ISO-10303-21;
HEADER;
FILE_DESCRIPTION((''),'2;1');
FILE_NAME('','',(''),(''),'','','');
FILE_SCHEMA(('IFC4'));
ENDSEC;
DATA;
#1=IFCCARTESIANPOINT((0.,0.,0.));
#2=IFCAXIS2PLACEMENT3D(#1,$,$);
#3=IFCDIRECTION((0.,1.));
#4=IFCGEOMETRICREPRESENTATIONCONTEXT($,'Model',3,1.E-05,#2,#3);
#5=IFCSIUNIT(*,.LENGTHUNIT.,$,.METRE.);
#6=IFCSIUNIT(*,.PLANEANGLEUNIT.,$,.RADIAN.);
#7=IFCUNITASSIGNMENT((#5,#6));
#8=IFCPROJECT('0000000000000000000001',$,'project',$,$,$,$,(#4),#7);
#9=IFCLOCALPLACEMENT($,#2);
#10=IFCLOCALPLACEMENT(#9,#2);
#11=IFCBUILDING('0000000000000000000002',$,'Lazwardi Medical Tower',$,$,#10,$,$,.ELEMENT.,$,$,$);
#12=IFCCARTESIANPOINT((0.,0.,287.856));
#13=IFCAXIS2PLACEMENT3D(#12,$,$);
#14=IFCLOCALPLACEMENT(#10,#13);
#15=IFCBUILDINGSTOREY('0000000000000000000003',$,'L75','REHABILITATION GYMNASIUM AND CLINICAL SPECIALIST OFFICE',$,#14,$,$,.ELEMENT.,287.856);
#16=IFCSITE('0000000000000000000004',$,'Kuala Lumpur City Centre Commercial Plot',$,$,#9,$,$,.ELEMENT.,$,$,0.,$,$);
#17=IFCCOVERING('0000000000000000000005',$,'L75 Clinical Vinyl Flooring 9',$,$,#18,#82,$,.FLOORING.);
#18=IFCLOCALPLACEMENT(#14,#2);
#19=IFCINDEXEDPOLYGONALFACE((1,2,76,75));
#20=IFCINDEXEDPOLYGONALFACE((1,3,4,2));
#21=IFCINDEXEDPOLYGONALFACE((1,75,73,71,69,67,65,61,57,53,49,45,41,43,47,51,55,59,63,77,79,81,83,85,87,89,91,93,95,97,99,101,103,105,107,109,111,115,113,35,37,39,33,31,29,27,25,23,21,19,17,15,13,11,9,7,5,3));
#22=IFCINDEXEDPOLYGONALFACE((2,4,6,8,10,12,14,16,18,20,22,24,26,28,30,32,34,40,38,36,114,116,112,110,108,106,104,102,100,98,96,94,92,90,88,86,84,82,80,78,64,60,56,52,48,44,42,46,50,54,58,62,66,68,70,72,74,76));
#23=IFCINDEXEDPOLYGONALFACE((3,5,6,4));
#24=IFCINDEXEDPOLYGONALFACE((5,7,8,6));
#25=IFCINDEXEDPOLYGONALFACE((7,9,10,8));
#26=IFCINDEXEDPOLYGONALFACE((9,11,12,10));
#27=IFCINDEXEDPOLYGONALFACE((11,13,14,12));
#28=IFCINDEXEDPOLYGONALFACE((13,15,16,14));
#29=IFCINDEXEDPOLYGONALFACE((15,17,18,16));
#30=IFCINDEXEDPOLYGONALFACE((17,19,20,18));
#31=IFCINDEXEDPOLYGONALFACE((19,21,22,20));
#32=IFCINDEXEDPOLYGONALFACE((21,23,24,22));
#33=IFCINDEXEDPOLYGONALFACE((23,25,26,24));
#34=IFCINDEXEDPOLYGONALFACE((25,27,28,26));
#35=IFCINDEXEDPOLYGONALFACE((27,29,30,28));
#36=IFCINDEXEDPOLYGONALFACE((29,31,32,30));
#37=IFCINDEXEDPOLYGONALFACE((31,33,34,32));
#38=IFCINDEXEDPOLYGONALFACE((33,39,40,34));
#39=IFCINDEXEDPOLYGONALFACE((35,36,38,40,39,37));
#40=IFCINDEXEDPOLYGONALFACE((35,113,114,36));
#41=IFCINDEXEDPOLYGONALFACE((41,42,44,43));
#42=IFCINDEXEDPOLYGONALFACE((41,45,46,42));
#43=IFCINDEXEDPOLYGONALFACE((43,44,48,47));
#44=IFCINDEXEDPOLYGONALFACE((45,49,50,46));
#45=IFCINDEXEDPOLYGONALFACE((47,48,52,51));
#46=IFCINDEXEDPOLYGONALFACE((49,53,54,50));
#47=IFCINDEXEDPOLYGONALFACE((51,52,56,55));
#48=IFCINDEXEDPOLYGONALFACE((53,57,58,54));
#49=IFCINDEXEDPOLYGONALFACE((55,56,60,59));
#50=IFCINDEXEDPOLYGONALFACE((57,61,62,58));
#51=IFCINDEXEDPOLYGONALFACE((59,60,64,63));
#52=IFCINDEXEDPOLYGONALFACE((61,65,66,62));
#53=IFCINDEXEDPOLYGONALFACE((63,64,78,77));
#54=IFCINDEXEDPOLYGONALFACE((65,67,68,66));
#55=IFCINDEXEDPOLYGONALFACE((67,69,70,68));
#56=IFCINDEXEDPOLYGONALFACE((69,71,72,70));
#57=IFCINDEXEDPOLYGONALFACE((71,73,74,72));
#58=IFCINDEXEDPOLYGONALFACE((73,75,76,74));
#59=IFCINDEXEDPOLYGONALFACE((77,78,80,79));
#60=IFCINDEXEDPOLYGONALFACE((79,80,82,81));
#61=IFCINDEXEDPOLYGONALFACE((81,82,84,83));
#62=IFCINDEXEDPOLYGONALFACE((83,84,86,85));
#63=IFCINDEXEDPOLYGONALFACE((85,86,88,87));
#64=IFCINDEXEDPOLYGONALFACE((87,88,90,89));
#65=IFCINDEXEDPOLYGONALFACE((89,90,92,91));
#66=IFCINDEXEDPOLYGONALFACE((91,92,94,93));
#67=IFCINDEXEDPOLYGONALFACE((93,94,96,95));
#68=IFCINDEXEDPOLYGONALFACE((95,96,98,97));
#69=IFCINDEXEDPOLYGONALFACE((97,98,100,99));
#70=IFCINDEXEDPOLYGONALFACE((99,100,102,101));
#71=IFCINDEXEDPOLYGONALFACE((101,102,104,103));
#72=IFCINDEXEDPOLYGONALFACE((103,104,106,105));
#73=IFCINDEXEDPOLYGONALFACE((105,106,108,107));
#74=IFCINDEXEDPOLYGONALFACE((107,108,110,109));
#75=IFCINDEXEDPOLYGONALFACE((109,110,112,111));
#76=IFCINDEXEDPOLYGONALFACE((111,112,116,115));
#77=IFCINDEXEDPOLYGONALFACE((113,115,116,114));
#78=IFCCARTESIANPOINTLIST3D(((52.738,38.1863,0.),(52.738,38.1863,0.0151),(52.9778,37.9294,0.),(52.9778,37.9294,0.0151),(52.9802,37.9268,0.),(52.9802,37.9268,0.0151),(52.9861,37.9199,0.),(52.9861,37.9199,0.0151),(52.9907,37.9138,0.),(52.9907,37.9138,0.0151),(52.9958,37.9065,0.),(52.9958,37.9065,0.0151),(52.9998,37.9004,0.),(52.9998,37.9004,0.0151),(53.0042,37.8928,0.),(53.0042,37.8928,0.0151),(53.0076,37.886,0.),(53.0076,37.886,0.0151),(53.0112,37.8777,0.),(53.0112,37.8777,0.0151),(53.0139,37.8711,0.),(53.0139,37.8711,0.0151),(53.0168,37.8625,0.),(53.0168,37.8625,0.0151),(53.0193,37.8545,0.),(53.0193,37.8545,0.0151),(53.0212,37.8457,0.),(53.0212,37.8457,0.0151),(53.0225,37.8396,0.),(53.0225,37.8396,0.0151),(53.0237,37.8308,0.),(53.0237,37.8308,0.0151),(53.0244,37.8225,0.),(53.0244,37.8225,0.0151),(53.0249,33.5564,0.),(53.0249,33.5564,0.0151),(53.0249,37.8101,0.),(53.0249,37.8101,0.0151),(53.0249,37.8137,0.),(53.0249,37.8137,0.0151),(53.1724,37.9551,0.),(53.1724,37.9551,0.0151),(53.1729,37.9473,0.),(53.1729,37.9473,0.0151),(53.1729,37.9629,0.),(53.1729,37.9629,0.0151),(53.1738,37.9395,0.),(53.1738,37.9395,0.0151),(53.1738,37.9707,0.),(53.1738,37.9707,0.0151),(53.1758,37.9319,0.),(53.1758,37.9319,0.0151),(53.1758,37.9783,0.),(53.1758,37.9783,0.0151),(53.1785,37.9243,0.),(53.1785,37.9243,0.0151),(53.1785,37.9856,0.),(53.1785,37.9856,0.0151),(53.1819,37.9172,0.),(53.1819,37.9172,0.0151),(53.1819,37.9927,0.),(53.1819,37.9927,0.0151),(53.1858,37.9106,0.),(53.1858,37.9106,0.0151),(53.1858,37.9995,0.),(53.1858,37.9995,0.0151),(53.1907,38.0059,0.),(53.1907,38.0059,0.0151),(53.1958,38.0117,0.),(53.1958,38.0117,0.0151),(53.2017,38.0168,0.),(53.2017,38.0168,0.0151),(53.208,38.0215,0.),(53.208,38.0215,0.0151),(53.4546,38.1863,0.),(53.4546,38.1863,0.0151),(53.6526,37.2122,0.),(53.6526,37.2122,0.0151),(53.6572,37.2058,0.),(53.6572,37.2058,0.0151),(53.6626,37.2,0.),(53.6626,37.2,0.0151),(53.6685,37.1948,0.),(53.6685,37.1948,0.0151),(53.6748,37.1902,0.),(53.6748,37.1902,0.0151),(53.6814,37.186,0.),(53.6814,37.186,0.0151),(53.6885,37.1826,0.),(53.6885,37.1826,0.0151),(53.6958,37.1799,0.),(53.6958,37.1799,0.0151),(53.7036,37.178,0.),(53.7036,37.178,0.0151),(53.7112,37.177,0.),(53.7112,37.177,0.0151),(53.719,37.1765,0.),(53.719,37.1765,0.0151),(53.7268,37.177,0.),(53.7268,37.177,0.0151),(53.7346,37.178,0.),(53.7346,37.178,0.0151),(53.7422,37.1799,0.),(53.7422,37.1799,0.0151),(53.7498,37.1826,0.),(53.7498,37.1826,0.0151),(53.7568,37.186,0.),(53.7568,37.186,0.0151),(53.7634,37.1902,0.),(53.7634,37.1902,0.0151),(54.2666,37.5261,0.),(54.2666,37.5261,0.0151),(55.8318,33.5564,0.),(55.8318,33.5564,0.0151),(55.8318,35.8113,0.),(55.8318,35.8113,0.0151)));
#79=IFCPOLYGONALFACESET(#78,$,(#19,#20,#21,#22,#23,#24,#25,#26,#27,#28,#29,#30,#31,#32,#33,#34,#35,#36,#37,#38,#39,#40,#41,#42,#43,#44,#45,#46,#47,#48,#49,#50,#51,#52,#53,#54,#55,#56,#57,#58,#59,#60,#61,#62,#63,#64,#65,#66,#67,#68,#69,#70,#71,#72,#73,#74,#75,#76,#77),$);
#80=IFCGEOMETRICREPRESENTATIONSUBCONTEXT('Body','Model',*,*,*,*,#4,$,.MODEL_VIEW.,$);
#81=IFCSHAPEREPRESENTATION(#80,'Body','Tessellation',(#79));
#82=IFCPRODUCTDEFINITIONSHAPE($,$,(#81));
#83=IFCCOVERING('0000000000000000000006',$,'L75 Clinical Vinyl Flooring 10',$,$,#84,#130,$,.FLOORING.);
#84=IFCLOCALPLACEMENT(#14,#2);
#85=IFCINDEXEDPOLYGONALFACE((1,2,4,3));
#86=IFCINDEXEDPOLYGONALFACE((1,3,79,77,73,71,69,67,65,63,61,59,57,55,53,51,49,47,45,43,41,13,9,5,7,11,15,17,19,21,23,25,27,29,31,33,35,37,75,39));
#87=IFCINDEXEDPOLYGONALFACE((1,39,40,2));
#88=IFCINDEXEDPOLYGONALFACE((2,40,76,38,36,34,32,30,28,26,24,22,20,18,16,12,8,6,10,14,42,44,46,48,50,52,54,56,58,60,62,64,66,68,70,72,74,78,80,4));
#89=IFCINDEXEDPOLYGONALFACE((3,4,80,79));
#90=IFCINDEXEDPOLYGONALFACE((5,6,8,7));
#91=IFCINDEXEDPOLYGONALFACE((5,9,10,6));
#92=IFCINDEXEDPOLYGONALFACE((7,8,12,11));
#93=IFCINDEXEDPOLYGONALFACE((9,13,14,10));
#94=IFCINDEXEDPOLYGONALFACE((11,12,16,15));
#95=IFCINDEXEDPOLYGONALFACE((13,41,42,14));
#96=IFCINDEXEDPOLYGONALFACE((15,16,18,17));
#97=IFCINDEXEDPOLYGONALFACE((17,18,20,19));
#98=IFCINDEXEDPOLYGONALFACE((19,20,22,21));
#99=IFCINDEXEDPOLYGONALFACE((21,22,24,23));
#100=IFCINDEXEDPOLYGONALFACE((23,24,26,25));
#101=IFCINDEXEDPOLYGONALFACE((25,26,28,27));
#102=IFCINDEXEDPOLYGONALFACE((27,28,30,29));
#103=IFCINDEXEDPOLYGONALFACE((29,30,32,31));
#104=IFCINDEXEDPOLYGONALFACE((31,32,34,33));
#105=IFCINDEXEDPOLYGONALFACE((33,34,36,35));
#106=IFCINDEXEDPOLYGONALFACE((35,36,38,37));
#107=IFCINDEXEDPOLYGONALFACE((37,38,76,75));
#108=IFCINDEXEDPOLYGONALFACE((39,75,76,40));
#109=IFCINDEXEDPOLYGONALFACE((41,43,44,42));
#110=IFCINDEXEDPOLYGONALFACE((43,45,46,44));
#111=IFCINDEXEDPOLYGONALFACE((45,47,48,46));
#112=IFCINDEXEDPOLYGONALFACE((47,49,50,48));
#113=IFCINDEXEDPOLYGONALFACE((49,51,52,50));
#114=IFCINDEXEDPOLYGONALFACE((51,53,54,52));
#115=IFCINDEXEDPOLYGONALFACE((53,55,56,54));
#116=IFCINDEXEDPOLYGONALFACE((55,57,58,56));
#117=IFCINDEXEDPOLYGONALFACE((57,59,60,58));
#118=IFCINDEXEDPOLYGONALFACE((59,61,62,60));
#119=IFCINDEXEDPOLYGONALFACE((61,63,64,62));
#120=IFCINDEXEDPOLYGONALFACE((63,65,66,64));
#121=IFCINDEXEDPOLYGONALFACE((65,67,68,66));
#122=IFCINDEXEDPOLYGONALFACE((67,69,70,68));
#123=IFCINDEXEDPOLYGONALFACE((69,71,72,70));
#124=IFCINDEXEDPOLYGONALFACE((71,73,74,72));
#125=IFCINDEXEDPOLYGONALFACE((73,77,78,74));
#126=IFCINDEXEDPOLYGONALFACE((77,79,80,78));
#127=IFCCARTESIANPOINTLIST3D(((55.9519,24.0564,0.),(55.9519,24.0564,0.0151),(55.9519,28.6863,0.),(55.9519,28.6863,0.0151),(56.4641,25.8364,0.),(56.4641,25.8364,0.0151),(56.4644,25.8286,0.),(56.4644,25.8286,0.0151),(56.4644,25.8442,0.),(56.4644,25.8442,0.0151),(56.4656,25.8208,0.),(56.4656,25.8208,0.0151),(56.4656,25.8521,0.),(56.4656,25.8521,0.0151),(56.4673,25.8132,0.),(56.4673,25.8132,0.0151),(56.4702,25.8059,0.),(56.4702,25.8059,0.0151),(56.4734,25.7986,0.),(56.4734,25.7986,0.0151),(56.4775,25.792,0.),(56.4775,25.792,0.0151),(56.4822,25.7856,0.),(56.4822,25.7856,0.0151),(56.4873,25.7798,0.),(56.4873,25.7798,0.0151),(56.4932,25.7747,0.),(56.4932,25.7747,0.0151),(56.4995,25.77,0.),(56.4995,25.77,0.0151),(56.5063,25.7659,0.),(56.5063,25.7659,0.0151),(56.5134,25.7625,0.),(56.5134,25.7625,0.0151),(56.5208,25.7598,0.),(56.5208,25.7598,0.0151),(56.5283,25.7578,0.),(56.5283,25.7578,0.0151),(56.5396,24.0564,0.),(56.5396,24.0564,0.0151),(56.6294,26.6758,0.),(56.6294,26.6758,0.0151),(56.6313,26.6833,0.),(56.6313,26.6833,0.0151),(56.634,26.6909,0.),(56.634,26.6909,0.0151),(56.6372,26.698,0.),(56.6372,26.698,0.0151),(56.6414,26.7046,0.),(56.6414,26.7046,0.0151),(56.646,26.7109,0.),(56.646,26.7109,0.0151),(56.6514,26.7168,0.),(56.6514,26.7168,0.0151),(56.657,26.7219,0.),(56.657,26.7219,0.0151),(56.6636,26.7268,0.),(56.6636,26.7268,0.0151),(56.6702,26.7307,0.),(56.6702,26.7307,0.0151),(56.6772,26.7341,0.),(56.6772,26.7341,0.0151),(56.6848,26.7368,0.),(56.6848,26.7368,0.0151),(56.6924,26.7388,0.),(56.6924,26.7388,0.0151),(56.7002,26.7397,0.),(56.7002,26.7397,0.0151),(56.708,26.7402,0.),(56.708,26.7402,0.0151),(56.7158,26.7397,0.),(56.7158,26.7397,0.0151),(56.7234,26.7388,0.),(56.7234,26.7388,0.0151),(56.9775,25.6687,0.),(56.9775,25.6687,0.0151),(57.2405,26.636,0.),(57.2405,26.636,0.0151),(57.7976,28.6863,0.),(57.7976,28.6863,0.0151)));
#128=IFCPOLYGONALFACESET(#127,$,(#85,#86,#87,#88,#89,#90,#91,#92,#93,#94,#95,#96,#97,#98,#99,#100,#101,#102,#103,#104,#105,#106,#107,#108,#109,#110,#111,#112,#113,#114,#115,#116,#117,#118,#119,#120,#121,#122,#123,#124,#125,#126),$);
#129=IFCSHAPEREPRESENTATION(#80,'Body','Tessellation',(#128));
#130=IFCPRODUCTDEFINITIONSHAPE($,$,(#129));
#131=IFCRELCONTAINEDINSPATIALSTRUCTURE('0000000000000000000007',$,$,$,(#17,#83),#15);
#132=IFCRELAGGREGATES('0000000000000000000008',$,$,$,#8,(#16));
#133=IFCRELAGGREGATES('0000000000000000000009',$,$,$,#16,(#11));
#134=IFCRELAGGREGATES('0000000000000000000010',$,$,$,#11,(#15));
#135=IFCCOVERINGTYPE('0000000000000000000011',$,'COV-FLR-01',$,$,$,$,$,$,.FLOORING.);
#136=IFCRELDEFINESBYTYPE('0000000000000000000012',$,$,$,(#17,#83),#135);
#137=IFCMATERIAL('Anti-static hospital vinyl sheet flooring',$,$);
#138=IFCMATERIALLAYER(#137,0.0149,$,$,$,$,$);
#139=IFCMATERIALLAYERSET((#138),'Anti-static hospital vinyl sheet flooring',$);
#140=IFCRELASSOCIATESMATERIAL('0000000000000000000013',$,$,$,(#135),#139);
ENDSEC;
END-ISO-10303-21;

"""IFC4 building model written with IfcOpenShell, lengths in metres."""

from ifc_helpers import new_model, si_unit, direction, frame, origin, place, context, subcontext, project, spatial, polyline, outline, extrude, material, layer, layer_set, type_object, element, save


model = new_model("IFC4")

# Units and contexts
model_context = context("Model", 3, precision=1e-05, world=origin(), true_north=direction((0.0, 1.0)))
body_context = subcontext(model_context, "Body", "Model", "MODEL_VIEW")
ifc_project = project(units=[si_unit("LENGTHUNIT", "METRE"), si_unit("PLANEANGLEUNIT", "RADIAN")], contexts=[model_context])

# Site, building, storey
site_placement = place(None, origin())
site = spatial("IfcSite", under=ifc_project, at=site_placement, Name="Kuala Lumpur City Centre Commercial Plot", CompositionType="ELEMENT", RefElevation=0.0)
building_placement = place(site_placement, origin())
building = spatial("IfcBuilding", under=site, at=building_placement, Name="Lazwardi Medical Tower", CompositionType="ELEMENT")
storey_placement = place(building_placement, frame((0.0, 0.0, 287.856)))
storey = spatial("IfcBuildingStorey", under=building, at=storey_placement, Name="L75", Description="REHABILITATION GYMNASIUM AND CLINICAL SPECIALIST OFFICE", CompositionType="ELEMENT", Elevation=287.856)

# Coverings
ifc_material_1 = material(Name="Anti-static hospital vinyl sheet flooring")
ifc_layer_1 = layer(ifc_material_1, 0.0149)
ifc_layer_set_1 = layer_set([ifc_layer_1], Name="Anti-static hospital vinyl sheet flooring")
covering_type_1 = type_object("IfcCoveringType", Name="COV-FLR-01", PredefinedType="FLOORING", material=ifc_layer_set_1)
covering_1_placement = place(storey_placement, origin())
element("IfcCovering", 1, at=covering_1_placement, inside=storey, type_object=covering_type_1, Name="L75 Clinical Vinyl Flooring 9", PredefinedType="FLOORING", context=body_context, shape_type="SweptSolid", body=[
    extrude(outline(polyline([(55.8318, 35.8113), (54.2666, 37.5261), (53.7634, 37.1902), (53.7568, 37.186), (53.7498, 37.1826), (53.7422, 37.1799), (53.7346, 37.178), (53.7268, 37.177), (53.719, 37.1765), (53.7112, 37.177), (53.7036, 37.178), (53.6958, 37.1799), (53.6885, 37.1826), (53.6814, 37.186), (53.6748, 37.1902), (53.6685, 37.1948), (53.6626, 37.2), (53.6572, 37.2058), (53.6526, 37.2122), (53.1858, 37.9106), (53.1819, 37.9172), (53.1785, 37.9243), (53.1758, 37.9319), (53.1738, 37.9395), (53.1729, 37.9473), (53.1724, 37.9551), (53.1729, 37.9629), (53.1738, 37.9707), (53.1758, 37.9783), (53.1785, 37.9856), (53.1819, 37.9927), (53.1858, 37.9995), (53.1907, 38.0059), (53.1958, 38.0117), (53.2017, 38.0168), (53.208, 38.0215), (53.4546, 38.1863), (52.738, 38.1863), (52.9778, 37.9294), (52.9802, 37.9268), (52.9861, 37.9199), (52.9907, 37.9138), (52.9958, 37.9065), (52.9998, 37.9004), (53.0042, 37.8928), (53.0076, 37.886), (53.0112, 37.8777), (53.0139, 37.8711), (53.0168, 37.8625), (53.0193, 37.8545), (53.0212, 37.8457), (53.0225, 37.8396), (53.0237, 37.8308), (53.0244, 37.8225), (53.0249, 37.8137), (53.0249, 37.8101), (53.0249, 33.5564), (55.8318, 33.5564), (55.8318, 35.8113)])), origin(), (0.0, 0.0, 1.0), 0.0151),
])
covering_2_placement = place(storey_placement, origin())
element("IfcCovering", 2, at=covering_2_placement, inside=storey, type_object=covering_type_1, Name="L75 Clinical Vinyl Flooring 10", PredefinedType="FLOORING", context=body_context, shape_type="SweptSolid", body=[
    extrude(outline(polyline([(56.5396, 24.0564), (56.9775, 25.6687), (56.5283, 25.7578), (56.5208, 25.7598), (56.5134, 25.7625), (56.5063, 25.7659), (56.4995, 25.77), (56.4932, 25.7747), (56.4873, 25.7798), (56.4822, 25.7856), (56.4775, 25.792), (56.4734, 25.7986), (56.4702, 25.8059), (56.4673, 25.8132), (56.4656, 25.8208), (56.4644, 25.8286), (56.4641, 25.8364), (56.4644, 25.8442), (56.4656, 25.8521), (56.6294, 26.6758), (56.6313, 26.6833), (56.634, 26.6909), (56.6372, 26.698), (56.6414, 26.7046), (56.646, 26.7109), (56.6514, 26.7168), (56.657, 26.7219), (56.6636, 26.7268), (56.6702, 26.7307), (56.6772, 26.7341), (56.6848, 26.7368), (56.6924, 26.7388), (56.7002, 26.7397), (56.708, 26.7402), (56.7158, 26.7397), (56.7234, 26.7388), (57.2405, 26.636), (57.7976, 28.6863), (55.9519, 28.6863), (55.9519, 24.0564), (56.5396, 24.0564)])), origin(), (0.0, 0.0, 1.0), 0.0151),
])

save(model, "model.ifc")
